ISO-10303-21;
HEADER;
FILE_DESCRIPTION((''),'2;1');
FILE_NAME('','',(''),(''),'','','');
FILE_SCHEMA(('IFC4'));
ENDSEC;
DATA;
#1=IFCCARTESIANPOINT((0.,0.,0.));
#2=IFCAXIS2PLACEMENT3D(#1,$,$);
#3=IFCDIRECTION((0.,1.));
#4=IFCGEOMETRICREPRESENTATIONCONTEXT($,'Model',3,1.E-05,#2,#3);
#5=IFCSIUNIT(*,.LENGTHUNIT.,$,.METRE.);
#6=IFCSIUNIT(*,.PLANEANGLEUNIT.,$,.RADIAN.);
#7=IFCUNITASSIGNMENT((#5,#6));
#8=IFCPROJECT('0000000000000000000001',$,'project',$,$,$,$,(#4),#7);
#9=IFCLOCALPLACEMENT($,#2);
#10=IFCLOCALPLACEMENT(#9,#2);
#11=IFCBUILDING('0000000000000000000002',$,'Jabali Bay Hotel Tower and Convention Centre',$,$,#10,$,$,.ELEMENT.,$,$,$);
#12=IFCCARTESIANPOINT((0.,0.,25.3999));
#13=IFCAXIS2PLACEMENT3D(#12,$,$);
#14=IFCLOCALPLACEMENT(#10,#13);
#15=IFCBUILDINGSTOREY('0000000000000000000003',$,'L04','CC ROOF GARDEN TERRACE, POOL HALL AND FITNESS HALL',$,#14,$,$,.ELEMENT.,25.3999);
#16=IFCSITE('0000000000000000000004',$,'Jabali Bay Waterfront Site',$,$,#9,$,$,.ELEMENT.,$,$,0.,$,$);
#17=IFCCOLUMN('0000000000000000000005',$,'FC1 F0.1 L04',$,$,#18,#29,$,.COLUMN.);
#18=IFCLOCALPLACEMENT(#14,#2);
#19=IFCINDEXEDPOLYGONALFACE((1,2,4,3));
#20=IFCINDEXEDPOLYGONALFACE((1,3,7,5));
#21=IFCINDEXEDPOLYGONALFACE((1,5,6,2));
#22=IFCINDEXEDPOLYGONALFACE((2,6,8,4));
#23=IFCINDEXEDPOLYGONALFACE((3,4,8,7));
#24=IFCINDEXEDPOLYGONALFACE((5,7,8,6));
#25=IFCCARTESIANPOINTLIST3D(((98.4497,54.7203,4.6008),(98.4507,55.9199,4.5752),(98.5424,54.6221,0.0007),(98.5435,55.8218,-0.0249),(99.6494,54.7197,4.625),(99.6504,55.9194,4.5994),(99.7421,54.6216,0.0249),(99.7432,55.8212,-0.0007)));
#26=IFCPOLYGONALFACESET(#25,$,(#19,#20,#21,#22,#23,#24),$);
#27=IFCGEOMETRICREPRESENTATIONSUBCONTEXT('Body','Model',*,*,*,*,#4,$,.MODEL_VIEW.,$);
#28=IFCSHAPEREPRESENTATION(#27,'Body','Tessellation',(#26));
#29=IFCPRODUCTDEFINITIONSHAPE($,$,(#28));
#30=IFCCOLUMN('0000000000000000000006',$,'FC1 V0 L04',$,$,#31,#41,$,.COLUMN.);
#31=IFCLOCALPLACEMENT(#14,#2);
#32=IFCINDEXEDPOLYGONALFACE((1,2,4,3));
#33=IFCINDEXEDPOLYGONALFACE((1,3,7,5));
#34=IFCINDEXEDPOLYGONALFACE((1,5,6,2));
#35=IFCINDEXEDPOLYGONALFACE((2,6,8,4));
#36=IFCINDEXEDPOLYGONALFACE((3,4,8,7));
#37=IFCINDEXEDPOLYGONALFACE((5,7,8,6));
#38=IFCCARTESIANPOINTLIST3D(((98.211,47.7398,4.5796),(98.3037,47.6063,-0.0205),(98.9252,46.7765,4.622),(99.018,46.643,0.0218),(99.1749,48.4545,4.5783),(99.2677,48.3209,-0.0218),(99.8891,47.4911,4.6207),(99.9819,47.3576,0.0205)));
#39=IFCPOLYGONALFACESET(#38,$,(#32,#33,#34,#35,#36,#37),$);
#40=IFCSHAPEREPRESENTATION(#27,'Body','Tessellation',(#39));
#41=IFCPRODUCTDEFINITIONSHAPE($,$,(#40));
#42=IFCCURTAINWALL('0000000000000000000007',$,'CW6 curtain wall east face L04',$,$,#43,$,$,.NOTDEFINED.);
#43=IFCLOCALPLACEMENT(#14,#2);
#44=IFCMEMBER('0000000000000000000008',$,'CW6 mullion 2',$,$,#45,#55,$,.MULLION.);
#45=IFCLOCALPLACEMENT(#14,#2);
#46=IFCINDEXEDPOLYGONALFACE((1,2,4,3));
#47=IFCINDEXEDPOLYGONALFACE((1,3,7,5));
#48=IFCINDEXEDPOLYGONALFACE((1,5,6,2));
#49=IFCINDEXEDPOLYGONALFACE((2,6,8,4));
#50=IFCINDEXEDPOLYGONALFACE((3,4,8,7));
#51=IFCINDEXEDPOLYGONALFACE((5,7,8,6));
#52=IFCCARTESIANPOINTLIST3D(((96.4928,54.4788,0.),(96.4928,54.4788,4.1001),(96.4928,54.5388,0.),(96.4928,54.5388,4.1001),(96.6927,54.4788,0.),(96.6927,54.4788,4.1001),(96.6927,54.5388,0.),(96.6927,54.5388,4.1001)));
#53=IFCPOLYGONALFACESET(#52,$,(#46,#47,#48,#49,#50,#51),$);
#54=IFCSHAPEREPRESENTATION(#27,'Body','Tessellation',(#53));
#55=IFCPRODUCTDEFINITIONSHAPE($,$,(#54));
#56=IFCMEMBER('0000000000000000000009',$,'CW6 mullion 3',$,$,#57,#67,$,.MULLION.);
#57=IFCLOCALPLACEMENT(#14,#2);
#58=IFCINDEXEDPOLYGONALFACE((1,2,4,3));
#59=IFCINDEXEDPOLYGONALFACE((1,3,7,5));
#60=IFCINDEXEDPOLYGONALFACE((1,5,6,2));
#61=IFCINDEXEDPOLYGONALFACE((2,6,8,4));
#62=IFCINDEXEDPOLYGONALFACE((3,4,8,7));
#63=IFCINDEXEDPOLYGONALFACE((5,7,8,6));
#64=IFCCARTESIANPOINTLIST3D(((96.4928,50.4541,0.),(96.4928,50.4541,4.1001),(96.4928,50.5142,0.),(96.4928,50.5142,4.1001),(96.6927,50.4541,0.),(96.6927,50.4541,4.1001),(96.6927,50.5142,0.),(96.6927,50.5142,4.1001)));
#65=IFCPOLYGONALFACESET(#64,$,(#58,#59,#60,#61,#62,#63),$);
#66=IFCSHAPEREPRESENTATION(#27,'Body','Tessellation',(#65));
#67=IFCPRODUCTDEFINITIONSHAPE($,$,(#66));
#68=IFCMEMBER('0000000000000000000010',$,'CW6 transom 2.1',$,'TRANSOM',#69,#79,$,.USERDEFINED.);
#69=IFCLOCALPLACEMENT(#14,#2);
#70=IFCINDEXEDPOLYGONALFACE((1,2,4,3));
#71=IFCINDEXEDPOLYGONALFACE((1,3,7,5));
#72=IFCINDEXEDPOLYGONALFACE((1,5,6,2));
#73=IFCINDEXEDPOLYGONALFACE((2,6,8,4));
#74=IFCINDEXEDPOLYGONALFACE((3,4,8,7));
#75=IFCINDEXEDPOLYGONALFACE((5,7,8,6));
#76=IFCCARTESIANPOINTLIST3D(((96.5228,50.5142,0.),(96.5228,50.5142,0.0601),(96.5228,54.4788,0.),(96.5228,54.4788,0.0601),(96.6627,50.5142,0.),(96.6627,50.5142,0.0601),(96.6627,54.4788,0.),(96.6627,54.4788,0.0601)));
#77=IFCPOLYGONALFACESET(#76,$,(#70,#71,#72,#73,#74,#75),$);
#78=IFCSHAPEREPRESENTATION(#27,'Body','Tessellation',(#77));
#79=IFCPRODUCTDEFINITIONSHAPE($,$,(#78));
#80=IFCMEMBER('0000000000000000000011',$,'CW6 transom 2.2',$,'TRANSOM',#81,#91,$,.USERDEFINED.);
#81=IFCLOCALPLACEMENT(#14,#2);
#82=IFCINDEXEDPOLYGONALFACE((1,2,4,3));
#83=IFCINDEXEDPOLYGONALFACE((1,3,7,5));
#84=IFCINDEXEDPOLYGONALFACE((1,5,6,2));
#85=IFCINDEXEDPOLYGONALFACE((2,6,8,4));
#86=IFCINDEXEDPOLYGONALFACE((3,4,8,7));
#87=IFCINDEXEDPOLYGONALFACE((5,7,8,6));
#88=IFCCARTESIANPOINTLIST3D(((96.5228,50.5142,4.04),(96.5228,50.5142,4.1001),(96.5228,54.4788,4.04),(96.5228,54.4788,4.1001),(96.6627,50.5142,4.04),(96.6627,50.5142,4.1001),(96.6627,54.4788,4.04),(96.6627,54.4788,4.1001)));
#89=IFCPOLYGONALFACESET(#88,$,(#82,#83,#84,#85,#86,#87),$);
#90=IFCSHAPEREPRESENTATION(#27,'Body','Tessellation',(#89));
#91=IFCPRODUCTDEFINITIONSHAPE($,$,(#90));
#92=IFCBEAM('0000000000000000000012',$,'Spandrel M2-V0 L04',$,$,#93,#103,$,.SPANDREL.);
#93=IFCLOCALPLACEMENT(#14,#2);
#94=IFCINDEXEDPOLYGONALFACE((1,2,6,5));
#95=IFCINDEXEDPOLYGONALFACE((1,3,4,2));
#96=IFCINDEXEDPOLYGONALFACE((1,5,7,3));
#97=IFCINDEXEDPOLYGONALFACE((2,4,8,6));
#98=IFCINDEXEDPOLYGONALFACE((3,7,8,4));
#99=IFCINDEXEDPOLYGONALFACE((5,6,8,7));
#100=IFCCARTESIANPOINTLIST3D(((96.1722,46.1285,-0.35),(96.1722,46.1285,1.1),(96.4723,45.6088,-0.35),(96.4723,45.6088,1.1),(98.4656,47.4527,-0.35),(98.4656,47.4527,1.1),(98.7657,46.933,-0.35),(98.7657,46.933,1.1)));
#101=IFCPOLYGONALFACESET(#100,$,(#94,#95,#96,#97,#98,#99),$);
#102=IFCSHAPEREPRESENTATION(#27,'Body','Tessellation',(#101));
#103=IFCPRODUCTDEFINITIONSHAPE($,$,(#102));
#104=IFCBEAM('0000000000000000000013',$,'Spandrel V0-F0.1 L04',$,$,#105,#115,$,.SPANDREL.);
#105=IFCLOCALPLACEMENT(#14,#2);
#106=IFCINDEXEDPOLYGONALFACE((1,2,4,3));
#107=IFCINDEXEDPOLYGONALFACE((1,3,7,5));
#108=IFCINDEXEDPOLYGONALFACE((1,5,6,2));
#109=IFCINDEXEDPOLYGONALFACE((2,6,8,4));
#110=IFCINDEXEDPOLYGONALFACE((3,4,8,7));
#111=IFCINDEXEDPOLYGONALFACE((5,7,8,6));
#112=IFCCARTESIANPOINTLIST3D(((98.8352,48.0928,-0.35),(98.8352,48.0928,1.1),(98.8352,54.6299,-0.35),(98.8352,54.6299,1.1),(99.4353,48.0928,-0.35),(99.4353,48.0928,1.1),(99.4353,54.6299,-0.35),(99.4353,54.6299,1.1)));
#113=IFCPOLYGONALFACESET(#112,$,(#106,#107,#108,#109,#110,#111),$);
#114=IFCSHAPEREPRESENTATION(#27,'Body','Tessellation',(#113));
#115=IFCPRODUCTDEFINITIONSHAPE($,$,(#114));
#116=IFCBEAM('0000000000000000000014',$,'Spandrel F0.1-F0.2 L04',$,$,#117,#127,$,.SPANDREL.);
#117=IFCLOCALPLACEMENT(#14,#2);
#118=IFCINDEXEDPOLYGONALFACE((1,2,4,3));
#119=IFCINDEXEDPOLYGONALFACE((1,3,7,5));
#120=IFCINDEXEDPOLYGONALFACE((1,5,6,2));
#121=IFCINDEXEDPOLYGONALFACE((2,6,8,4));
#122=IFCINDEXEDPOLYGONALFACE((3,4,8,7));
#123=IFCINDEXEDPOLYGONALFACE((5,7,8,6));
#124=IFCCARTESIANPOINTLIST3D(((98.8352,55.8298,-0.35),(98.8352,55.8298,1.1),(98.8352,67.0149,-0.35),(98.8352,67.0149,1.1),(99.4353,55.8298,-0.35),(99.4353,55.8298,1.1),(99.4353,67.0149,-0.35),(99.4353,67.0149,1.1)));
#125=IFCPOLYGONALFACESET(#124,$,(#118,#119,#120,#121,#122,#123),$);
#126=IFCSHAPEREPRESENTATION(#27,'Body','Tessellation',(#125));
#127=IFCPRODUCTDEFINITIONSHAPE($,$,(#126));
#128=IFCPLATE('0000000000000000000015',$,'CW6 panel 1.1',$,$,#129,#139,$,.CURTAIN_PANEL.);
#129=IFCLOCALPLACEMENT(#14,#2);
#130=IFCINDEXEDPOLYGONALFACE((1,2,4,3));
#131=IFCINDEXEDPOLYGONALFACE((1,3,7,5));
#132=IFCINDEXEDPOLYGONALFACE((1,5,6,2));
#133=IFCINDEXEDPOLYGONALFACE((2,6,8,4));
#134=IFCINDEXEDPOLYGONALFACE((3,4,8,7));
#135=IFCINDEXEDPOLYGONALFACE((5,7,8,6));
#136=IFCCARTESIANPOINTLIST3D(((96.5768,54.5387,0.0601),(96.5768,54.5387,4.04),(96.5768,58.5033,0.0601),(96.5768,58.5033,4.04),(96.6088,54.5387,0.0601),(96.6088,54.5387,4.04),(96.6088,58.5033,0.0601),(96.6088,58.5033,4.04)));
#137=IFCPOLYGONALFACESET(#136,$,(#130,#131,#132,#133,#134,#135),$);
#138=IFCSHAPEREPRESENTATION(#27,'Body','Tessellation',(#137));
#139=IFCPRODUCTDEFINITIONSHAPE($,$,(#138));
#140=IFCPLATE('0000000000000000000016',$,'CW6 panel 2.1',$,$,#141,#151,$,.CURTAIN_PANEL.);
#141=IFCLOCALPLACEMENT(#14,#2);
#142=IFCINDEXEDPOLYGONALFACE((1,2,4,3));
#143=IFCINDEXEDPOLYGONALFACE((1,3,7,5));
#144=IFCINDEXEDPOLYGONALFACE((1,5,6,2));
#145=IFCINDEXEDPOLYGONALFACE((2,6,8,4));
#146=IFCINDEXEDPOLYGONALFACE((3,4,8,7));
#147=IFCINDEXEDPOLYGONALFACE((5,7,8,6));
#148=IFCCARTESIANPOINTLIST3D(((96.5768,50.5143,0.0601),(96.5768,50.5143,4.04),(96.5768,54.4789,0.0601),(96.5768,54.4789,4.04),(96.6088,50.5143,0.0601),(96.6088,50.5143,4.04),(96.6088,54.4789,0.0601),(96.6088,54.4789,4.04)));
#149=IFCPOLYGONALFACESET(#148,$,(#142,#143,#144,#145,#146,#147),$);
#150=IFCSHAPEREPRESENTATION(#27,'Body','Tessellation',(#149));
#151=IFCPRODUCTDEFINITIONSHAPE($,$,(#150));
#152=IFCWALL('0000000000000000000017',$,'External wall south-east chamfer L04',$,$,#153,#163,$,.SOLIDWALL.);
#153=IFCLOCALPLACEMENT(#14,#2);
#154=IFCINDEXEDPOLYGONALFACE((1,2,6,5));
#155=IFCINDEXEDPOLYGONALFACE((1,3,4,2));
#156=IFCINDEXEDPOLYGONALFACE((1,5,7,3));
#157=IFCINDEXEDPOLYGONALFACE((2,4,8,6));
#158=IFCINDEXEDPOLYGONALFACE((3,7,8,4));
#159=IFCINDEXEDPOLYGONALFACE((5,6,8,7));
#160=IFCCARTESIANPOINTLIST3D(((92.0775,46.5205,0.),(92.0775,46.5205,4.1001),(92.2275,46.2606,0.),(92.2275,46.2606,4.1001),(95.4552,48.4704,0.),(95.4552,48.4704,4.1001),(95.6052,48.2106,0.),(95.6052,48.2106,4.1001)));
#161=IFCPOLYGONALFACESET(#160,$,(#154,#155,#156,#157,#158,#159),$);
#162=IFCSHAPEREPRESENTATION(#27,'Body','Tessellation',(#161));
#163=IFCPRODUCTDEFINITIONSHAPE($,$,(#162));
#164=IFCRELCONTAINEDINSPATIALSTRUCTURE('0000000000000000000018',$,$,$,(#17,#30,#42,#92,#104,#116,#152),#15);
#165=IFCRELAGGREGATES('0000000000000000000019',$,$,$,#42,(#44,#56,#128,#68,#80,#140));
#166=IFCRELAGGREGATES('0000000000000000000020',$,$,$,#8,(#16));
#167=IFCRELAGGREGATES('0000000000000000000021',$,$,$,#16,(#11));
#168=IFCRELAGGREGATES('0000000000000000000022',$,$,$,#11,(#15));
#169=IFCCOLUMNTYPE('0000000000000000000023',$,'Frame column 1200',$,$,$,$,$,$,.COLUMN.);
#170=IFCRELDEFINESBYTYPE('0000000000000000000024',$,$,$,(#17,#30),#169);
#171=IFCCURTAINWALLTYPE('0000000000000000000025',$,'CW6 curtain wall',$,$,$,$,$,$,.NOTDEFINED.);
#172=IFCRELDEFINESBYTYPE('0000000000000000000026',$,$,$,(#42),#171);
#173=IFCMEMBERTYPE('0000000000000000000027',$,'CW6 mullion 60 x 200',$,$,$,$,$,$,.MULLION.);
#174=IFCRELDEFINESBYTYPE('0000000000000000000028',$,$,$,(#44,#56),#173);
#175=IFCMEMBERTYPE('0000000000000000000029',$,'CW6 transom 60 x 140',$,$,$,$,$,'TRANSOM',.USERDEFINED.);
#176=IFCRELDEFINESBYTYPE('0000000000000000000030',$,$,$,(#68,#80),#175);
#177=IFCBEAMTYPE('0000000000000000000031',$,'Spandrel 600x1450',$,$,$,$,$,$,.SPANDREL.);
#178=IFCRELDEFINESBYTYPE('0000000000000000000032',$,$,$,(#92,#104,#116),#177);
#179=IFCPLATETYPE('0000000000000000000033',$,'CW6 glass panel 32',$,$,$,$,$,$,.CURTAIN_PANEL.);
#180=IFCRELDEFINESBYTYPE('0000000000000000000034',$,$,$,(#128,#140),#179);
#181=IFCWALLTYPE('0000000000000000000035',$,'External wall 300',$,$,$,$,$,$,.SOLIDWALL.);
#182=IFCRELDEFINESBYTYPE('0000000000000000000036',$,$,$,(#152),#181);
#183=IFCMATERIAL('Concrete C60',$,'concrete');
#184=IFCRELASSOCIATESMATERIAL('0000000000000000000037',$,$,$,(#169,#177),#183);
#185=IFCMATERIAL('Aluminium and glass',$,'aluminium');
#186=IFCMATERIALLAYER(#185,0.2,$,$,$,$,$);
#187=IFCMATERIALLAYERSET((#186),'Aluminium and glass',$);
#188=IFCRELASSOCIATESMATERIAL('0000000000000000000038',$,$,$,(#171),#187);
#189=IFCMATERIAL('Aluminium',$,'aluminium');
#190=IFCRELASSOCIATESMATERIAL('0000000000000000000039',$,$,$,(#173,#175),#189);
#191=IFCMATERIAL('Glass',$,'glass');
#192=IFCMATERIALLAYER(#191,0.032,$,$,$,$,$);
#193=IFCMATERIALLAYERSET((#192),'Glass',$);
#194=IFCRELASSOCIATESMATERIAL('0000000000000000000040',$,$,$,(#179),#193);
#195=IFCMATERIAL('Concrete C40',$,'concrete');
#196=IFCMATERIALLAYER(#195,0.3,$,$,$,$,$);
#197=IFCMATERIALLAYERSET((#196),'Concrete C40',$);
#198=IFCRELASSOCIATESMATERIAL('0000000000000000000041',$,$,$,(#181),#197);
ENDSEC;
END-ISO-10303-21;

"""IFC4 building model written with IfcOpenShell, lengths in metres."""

from ifc_helpers import new_model, si_unit, direction, frame, frame_2d, origin, origin_2d, place, context, subcontext, project, spatial, rectangle, extrude, material, layer, layer_set, material_profile, profile_set, type_object, element, aggregate, save


model = new_model("IFC4")

# Units and contexts
model_context = context("Model", 3, precision=1e-05, world=origin(), true_north=direction((0.0, 1.0)))
body_context = subcontext(model_context, "Body", "Model", "MODEL_VIEW")
ifc_project = project(units=[si_unit("LENGTHUNIT", "METRE"), si_unit("PLANEANGLEUNIT", "RADIAN")], contexts=[model_context])

# Site, building, storey
site_placement = place(None, origin())
site = spatial("IfcSite", under=ifc_project, at=site_placement, Name="Jabali Bay Waterfront Site", CompositionType="ELEMENT", RefElevation=0.0)
building_placement = place(site_placement, origin())
building = spatial("IfcBuilding", under=site, at=building_placement, Name="Jabali Bay Hotel Tower and Convention Centre", CompositionType="ELEMENT")
storey_placement = place(building_placement, frame((0.0, 0.0, 25.3999)))
storey = spatial("IfcBuildingStorey", under=building, at=storey_placement, Name="L04", Description="CC ROOF GARDEN TERRACE, POOL HALL AND FITNESS HALL", CompositionType="ELEMENT", Elevation=25.3999)

# Columns
ifc_material_1 = material(Name="Concrete C60", Category="concrete")
ifc_material_profile_1 = material_profile(ifc_material_1, rectangle(XDim=1.2, YDim=1.2, at=origin_2d()), Name="Frame column 1200")
ifc_profile_set_1 = profile_set([ifc_material_profile_1], Name="Concrete C60")
column_type = type_object("IfcColumnType", Name="Frame column 1200", PredefinedType="COLUMN", material=ifc_profile_set_1)
column_1_placement = place(storey_placement, frame((99.1428, 55.2217, 0.0), z_axis=(-0.020159, 0.021326, 0.999569), x_axis=(-0.000879, -0.999772, 0.021313)))
element("IfcColumn", 1, at=column_1_placement, inside=storey, type_object=column_type, Name="FC1 F0.1 L04", PredefinedType="COLUMN", context=body_context, shape_type="SweptSolid", body=[
    extrude(rectangle(XDim=1.2, YDim=1.2, at=origin_2d()), origin(), (0.0, 0.0, 1.0), 4.6021),
])
column_2_placement = place(storey_placement, frame((99.1428, 47.4819, 0.0), z_axis=(-0.020155, 0.029013, 0.999376), x_axis=(-0.803311, -0.595559, 0.001089)))
element("IfcColumn", 2, at=column_2_placement, inside=storey, type_object=column_type, Name="FC1 V0 L04", PredefinedType="COLUMN", context=body_context, shape_type="SweptSolid", body=[
    extrude(rectangle(XDim=1.2, YDim=1.2, at=origin_2d()), origin(), (0.0, 0.0, 1.0), 4.603),
])

# Curtain wall, members
ifc_material_2 = material(Name="Aluminium and glass", Category="aluminium")
ifc_layer_1 = layer(ifc_material_2, 0.2)
ifc_layer_set_1 = layer_set([ifc_layer_1], Name="Aluminium and glass")
curtain_wall_type = type_object("IfcCurtainWallType", Name="CW6 curtain wall", PredefinedType="NOTDEFINED", material=ifc_layer_set_1)
curtain_wall_placement = place(storey_placement, origin())
curtain_wall = element("IfcCurtainWall", 3, at=curtain_wall_placement, inside=storey, type_object=curtain_wall_type, Name="CW6 curtain wall east face L04", PredefinedType="NOTDEFINED")
ifc_material_3 = material(Name="Aluminium", Category="aluminium")
ifc_material_profile_2 = material_profile(ifc_material_3, rectangle(XDim=0.2, YDim=0.0601, at=origin_2d()), Name="CW6 mullion 60 x 200")
ifc_profile_set_2 = profile_set([ifc_material_profile_2], Name="Aluminium")
member_type_1 = type_object("IfcMemberType", Name="CW6 mullion 60 x 200", PredefinedType="MULLION", material=ifc_profile_set_2)
member_1_placement = place(storey_placement, frame((96.5928, 54.5088, 0.0), z_axis=(0.0, 0.0, 1.0), x_axis=(1.0, 0.0, 0.0)))
member_1 = element("IfcMember", 4, at=member_1_placement, type_object=member_type_1, Name="CW6 mullion 2", PredefinedType="MULLION", context=body_context, shape_type="SweptSolid", body=[
    extrude(rectangle(XDim=0.2, YDim=0.0601, at=origin_2d()), origin(), (0.0, 0.0, 1.0), 4.1001),
])
member_2_placement = place(storey_placement, frame((96.5928, 50.4841, 0.0), z_axis=(0.0, 0.0, 1.0), x_axis=(1.0, 0.0, 0.0)))
member_2 = element("IfcMember", 5, at=member_2_placement, type_object=member_type_1, Name="CW6 mullion 3", PredefinedType="MULLION", context=body_context, shape_type="SweptSolid", body=[
    extrude(rectangle(XDim=0.2, YDim=0.0601, at=origin_2d()), origin(), (0.0, 0.0, 1.0), 4.1001),
])
ifc_material_profile_3 = material_profile(ifc_material_3, rectangle(XDim=0.1399, YDim=0.0601, at=origin_2d()), Name="CW6 transom 60 x 140")
ifc_profile_set_3 = profile_set([ifc_material_profile_3], Name="Aluminium")
member_type_2 = type_object("IfcMemberType", Name="CW6 transom 60 x 140", ElementType="TRANSOM", PredefinedType="USERDEFINED", material=ifc_profile_set_3)
member_3_placement = place(storey_placement, frame((96.5928, 54.4788, 0.03), z_axis=(0.0, -1.0, 0.0), x_axis=(1.0, 0.0, 0.0)))
member_3 = element("IfcMember", 6, at=member_3_placement, type_object=member_type_2, Name="CW6 transom 2.1", ObjectType="TRANSOM", PredefinedType="USERDEFINED", context=body_context, shape_type="SweptSolid", body=[
    extrude(rectangle(XDim=0.1399, YDim=0.0601, at=origin_2d()), origin(), (0.0, 0.0, 1.0), 3.9646),
])
member_4_placement = place(storey_placement, frame((96.5928, 54.4788, 4.0701), z_axis=(0.0, -1.0, 0.0), x_axis=(1.0, 0.0, 0.0)))
member_4 = element("IfcMember", 7, at=member_4_placement, type_object=member_type_2, Name="CW6 transom 2.2", ObjectType="TRANSOM", PredefinedType="USERDEFINED", context=body_context, shape_type="SweptSolid", body=[
    extrude(rectangle(XDim=0.1399, YDim=0.0601, at=origin_2d()), origin(), (0.0, 0.0, 1.0), 3.9646),
])

# Beams
ifc_material_profile_4 = material_profile(ifc_material_1, rectangle(XDim=0.6001, YDim=1.45, at=origin_2d()), Name="Spandrel 600x1450")
ifc_profile_set_4 = profile_set([ifc_material_profile_4], Name="Concrete C60")
beam_type = type_object("IfcBeamType", Name="Spandrel 600x1450", PredefinedType="SPANDREL", material=ifc_profile_set_4)
beam_1_placement = place(storey_placement, frame((96.3223, 45.8687, 0.375), z_axis=(0.866011, 0.500026, 0.0), x_axis=(-0.500026, 0.866011, 0.0)))
element("IfcBeam", 8, at=beam_1_placement, inside=storey, type_object=beam_type, Name="Spandrel M2-V0 L04", PredefinedType="SPANDREL", context=body_context, shape_type="SweptSolid", body=[
    extrude(rectangle(XDim=0.6001, YDim=1.45, at=origin_2d()), origin(), (0.0, 0.0, 1.0), 2.6482),
])
beam_2_placement = place(storey_placement, frame((99.1353, 48.0928, 0.375), z_axis=(0.0, 1.0, 0.0), x_axis=(-1.0, 0.0, 0.0)))
element("IfcBeam", 9, at=beam_2_placement, inside=storey, type_object=beam_type, Name="Spandrel V0-F0.1 L04", PredefinedType="SPANDREL", context=body_context, shape_type="SweptSolid", body=[
    extrude(rectangle(XDim=0.6001, YDim=1.45, at=origin_2d()), origin(), (0.0, 0.0, 1.0), 6.5371),
])
beam_3_placement = place(storey_placement, frame((99.1353, 55.8298, 0.375), z_axis=(0.0, 1.0, 0.0), x_axis=(-1.0, 0.0, 0.0)))
element("IfcBeam", 10, at=beam_3_placement, inside=storey, type_object=beam_type, Name="Spandrel F0.1-F0.2 L04", PredefinedType="SPANDREL", context=body_context, shape_type="SweptSolid", body=[
    extrude(rectangle(XDim=0.6001, YDim=1.45, at=origin_2d()), origin(), (0.0, 0.0, 1.0), 11.1851),
])

# Plates
ifc_material_4 = material(Name="Glass", Category="glass")
ifc_layer_2 = layer(ifc_material_4, 0.032)
ifc_layer_set_2 = layer_set([ifc_layer_2], Name="Glass")
plate_type = type_object("IfcPlateType", Name="CW6 glass panel 32", PredefinedType="CURTAIN_PANEL", material=ifc_layer_set_2)
plate_1_placement = place(storey_placement, frame((96.5928, 56.521, 0.0601), z_axis=(0.0, 0.0, 1.0), x_axis=(0.0, -1.0, 0.0)))
plate_1 = element("IfcPlate", 11, at=plate_1_placement, type_object=plate_type, Name="CW6 panel 1.1", PredefinedType="CURTAIN_PANEL", context=body_context, shape_type="SweptSolid", body=[
    extrude(rectangle(XDim=3.9646, YDim=0.032, at=origin_2d()), origin(), (0.0, 0.0, 1.0), 3.98),
])
plate_2_placement = place(storey_placement, frame((96.5928, 52.4966, 0.0601), z_axis=(0.0, 0.0, 1.0), x_axis=(0.0, -1.0, 0.0)))
plate_2 = element("IfcPlate", 12, at=plate_2_placement, type_object=plate_type, Name="CW6 panel 2.1", PredefinedType="CURTAIN_PANEL", context=body_context, shape_type="SweptSolid", body=[
    extrude(rectangle(XDim=3.9646, YDim=0.032, at=origin_2d()), origin(), (0.0, 0.0, 1.0), 3.98),
])
aggregate(curtain_wall, [member_1, member_2, plate_1, member_3, member_4, plate_2])

# Wall
ifc_material_5 = material(Name="Concrete C40", Category="concrete")
ifc_layer_3 = layer(ifc_material_5, 0.3)
ifc_layer_set_3 = layer_set([ifc_layer_3], Name="Concrete C40")
wall_type_1 = type_object("IfcWallType", Name="External wall 300", PredefinedType="SOLIDWALL", material=ifc_layer_set_3)
wall_1_placement = place(storey_placement, frame((95.5303, 48.3406, 0.0), z_axis=(0.0, 0.0, 1.0), x_axis=(-0.866043, -0.49997, 0.0)))
element("IfcWall", 13, at=wall_1_placement, inside=storey, type_object=wall_type_1, Name="External wall south-east chamfer L04", PredefinedType="SOLIDWALL", context=body_context, shape_type="SweptSolid", body=[
    extrude(rectangle(XDim=3.9001, YDim=0.3, at=frame_2d((1.9502, 0.0))), origin(), (0.0, 0.0, 1.0), 4.1001),
])

save(model, "model.ifc")
